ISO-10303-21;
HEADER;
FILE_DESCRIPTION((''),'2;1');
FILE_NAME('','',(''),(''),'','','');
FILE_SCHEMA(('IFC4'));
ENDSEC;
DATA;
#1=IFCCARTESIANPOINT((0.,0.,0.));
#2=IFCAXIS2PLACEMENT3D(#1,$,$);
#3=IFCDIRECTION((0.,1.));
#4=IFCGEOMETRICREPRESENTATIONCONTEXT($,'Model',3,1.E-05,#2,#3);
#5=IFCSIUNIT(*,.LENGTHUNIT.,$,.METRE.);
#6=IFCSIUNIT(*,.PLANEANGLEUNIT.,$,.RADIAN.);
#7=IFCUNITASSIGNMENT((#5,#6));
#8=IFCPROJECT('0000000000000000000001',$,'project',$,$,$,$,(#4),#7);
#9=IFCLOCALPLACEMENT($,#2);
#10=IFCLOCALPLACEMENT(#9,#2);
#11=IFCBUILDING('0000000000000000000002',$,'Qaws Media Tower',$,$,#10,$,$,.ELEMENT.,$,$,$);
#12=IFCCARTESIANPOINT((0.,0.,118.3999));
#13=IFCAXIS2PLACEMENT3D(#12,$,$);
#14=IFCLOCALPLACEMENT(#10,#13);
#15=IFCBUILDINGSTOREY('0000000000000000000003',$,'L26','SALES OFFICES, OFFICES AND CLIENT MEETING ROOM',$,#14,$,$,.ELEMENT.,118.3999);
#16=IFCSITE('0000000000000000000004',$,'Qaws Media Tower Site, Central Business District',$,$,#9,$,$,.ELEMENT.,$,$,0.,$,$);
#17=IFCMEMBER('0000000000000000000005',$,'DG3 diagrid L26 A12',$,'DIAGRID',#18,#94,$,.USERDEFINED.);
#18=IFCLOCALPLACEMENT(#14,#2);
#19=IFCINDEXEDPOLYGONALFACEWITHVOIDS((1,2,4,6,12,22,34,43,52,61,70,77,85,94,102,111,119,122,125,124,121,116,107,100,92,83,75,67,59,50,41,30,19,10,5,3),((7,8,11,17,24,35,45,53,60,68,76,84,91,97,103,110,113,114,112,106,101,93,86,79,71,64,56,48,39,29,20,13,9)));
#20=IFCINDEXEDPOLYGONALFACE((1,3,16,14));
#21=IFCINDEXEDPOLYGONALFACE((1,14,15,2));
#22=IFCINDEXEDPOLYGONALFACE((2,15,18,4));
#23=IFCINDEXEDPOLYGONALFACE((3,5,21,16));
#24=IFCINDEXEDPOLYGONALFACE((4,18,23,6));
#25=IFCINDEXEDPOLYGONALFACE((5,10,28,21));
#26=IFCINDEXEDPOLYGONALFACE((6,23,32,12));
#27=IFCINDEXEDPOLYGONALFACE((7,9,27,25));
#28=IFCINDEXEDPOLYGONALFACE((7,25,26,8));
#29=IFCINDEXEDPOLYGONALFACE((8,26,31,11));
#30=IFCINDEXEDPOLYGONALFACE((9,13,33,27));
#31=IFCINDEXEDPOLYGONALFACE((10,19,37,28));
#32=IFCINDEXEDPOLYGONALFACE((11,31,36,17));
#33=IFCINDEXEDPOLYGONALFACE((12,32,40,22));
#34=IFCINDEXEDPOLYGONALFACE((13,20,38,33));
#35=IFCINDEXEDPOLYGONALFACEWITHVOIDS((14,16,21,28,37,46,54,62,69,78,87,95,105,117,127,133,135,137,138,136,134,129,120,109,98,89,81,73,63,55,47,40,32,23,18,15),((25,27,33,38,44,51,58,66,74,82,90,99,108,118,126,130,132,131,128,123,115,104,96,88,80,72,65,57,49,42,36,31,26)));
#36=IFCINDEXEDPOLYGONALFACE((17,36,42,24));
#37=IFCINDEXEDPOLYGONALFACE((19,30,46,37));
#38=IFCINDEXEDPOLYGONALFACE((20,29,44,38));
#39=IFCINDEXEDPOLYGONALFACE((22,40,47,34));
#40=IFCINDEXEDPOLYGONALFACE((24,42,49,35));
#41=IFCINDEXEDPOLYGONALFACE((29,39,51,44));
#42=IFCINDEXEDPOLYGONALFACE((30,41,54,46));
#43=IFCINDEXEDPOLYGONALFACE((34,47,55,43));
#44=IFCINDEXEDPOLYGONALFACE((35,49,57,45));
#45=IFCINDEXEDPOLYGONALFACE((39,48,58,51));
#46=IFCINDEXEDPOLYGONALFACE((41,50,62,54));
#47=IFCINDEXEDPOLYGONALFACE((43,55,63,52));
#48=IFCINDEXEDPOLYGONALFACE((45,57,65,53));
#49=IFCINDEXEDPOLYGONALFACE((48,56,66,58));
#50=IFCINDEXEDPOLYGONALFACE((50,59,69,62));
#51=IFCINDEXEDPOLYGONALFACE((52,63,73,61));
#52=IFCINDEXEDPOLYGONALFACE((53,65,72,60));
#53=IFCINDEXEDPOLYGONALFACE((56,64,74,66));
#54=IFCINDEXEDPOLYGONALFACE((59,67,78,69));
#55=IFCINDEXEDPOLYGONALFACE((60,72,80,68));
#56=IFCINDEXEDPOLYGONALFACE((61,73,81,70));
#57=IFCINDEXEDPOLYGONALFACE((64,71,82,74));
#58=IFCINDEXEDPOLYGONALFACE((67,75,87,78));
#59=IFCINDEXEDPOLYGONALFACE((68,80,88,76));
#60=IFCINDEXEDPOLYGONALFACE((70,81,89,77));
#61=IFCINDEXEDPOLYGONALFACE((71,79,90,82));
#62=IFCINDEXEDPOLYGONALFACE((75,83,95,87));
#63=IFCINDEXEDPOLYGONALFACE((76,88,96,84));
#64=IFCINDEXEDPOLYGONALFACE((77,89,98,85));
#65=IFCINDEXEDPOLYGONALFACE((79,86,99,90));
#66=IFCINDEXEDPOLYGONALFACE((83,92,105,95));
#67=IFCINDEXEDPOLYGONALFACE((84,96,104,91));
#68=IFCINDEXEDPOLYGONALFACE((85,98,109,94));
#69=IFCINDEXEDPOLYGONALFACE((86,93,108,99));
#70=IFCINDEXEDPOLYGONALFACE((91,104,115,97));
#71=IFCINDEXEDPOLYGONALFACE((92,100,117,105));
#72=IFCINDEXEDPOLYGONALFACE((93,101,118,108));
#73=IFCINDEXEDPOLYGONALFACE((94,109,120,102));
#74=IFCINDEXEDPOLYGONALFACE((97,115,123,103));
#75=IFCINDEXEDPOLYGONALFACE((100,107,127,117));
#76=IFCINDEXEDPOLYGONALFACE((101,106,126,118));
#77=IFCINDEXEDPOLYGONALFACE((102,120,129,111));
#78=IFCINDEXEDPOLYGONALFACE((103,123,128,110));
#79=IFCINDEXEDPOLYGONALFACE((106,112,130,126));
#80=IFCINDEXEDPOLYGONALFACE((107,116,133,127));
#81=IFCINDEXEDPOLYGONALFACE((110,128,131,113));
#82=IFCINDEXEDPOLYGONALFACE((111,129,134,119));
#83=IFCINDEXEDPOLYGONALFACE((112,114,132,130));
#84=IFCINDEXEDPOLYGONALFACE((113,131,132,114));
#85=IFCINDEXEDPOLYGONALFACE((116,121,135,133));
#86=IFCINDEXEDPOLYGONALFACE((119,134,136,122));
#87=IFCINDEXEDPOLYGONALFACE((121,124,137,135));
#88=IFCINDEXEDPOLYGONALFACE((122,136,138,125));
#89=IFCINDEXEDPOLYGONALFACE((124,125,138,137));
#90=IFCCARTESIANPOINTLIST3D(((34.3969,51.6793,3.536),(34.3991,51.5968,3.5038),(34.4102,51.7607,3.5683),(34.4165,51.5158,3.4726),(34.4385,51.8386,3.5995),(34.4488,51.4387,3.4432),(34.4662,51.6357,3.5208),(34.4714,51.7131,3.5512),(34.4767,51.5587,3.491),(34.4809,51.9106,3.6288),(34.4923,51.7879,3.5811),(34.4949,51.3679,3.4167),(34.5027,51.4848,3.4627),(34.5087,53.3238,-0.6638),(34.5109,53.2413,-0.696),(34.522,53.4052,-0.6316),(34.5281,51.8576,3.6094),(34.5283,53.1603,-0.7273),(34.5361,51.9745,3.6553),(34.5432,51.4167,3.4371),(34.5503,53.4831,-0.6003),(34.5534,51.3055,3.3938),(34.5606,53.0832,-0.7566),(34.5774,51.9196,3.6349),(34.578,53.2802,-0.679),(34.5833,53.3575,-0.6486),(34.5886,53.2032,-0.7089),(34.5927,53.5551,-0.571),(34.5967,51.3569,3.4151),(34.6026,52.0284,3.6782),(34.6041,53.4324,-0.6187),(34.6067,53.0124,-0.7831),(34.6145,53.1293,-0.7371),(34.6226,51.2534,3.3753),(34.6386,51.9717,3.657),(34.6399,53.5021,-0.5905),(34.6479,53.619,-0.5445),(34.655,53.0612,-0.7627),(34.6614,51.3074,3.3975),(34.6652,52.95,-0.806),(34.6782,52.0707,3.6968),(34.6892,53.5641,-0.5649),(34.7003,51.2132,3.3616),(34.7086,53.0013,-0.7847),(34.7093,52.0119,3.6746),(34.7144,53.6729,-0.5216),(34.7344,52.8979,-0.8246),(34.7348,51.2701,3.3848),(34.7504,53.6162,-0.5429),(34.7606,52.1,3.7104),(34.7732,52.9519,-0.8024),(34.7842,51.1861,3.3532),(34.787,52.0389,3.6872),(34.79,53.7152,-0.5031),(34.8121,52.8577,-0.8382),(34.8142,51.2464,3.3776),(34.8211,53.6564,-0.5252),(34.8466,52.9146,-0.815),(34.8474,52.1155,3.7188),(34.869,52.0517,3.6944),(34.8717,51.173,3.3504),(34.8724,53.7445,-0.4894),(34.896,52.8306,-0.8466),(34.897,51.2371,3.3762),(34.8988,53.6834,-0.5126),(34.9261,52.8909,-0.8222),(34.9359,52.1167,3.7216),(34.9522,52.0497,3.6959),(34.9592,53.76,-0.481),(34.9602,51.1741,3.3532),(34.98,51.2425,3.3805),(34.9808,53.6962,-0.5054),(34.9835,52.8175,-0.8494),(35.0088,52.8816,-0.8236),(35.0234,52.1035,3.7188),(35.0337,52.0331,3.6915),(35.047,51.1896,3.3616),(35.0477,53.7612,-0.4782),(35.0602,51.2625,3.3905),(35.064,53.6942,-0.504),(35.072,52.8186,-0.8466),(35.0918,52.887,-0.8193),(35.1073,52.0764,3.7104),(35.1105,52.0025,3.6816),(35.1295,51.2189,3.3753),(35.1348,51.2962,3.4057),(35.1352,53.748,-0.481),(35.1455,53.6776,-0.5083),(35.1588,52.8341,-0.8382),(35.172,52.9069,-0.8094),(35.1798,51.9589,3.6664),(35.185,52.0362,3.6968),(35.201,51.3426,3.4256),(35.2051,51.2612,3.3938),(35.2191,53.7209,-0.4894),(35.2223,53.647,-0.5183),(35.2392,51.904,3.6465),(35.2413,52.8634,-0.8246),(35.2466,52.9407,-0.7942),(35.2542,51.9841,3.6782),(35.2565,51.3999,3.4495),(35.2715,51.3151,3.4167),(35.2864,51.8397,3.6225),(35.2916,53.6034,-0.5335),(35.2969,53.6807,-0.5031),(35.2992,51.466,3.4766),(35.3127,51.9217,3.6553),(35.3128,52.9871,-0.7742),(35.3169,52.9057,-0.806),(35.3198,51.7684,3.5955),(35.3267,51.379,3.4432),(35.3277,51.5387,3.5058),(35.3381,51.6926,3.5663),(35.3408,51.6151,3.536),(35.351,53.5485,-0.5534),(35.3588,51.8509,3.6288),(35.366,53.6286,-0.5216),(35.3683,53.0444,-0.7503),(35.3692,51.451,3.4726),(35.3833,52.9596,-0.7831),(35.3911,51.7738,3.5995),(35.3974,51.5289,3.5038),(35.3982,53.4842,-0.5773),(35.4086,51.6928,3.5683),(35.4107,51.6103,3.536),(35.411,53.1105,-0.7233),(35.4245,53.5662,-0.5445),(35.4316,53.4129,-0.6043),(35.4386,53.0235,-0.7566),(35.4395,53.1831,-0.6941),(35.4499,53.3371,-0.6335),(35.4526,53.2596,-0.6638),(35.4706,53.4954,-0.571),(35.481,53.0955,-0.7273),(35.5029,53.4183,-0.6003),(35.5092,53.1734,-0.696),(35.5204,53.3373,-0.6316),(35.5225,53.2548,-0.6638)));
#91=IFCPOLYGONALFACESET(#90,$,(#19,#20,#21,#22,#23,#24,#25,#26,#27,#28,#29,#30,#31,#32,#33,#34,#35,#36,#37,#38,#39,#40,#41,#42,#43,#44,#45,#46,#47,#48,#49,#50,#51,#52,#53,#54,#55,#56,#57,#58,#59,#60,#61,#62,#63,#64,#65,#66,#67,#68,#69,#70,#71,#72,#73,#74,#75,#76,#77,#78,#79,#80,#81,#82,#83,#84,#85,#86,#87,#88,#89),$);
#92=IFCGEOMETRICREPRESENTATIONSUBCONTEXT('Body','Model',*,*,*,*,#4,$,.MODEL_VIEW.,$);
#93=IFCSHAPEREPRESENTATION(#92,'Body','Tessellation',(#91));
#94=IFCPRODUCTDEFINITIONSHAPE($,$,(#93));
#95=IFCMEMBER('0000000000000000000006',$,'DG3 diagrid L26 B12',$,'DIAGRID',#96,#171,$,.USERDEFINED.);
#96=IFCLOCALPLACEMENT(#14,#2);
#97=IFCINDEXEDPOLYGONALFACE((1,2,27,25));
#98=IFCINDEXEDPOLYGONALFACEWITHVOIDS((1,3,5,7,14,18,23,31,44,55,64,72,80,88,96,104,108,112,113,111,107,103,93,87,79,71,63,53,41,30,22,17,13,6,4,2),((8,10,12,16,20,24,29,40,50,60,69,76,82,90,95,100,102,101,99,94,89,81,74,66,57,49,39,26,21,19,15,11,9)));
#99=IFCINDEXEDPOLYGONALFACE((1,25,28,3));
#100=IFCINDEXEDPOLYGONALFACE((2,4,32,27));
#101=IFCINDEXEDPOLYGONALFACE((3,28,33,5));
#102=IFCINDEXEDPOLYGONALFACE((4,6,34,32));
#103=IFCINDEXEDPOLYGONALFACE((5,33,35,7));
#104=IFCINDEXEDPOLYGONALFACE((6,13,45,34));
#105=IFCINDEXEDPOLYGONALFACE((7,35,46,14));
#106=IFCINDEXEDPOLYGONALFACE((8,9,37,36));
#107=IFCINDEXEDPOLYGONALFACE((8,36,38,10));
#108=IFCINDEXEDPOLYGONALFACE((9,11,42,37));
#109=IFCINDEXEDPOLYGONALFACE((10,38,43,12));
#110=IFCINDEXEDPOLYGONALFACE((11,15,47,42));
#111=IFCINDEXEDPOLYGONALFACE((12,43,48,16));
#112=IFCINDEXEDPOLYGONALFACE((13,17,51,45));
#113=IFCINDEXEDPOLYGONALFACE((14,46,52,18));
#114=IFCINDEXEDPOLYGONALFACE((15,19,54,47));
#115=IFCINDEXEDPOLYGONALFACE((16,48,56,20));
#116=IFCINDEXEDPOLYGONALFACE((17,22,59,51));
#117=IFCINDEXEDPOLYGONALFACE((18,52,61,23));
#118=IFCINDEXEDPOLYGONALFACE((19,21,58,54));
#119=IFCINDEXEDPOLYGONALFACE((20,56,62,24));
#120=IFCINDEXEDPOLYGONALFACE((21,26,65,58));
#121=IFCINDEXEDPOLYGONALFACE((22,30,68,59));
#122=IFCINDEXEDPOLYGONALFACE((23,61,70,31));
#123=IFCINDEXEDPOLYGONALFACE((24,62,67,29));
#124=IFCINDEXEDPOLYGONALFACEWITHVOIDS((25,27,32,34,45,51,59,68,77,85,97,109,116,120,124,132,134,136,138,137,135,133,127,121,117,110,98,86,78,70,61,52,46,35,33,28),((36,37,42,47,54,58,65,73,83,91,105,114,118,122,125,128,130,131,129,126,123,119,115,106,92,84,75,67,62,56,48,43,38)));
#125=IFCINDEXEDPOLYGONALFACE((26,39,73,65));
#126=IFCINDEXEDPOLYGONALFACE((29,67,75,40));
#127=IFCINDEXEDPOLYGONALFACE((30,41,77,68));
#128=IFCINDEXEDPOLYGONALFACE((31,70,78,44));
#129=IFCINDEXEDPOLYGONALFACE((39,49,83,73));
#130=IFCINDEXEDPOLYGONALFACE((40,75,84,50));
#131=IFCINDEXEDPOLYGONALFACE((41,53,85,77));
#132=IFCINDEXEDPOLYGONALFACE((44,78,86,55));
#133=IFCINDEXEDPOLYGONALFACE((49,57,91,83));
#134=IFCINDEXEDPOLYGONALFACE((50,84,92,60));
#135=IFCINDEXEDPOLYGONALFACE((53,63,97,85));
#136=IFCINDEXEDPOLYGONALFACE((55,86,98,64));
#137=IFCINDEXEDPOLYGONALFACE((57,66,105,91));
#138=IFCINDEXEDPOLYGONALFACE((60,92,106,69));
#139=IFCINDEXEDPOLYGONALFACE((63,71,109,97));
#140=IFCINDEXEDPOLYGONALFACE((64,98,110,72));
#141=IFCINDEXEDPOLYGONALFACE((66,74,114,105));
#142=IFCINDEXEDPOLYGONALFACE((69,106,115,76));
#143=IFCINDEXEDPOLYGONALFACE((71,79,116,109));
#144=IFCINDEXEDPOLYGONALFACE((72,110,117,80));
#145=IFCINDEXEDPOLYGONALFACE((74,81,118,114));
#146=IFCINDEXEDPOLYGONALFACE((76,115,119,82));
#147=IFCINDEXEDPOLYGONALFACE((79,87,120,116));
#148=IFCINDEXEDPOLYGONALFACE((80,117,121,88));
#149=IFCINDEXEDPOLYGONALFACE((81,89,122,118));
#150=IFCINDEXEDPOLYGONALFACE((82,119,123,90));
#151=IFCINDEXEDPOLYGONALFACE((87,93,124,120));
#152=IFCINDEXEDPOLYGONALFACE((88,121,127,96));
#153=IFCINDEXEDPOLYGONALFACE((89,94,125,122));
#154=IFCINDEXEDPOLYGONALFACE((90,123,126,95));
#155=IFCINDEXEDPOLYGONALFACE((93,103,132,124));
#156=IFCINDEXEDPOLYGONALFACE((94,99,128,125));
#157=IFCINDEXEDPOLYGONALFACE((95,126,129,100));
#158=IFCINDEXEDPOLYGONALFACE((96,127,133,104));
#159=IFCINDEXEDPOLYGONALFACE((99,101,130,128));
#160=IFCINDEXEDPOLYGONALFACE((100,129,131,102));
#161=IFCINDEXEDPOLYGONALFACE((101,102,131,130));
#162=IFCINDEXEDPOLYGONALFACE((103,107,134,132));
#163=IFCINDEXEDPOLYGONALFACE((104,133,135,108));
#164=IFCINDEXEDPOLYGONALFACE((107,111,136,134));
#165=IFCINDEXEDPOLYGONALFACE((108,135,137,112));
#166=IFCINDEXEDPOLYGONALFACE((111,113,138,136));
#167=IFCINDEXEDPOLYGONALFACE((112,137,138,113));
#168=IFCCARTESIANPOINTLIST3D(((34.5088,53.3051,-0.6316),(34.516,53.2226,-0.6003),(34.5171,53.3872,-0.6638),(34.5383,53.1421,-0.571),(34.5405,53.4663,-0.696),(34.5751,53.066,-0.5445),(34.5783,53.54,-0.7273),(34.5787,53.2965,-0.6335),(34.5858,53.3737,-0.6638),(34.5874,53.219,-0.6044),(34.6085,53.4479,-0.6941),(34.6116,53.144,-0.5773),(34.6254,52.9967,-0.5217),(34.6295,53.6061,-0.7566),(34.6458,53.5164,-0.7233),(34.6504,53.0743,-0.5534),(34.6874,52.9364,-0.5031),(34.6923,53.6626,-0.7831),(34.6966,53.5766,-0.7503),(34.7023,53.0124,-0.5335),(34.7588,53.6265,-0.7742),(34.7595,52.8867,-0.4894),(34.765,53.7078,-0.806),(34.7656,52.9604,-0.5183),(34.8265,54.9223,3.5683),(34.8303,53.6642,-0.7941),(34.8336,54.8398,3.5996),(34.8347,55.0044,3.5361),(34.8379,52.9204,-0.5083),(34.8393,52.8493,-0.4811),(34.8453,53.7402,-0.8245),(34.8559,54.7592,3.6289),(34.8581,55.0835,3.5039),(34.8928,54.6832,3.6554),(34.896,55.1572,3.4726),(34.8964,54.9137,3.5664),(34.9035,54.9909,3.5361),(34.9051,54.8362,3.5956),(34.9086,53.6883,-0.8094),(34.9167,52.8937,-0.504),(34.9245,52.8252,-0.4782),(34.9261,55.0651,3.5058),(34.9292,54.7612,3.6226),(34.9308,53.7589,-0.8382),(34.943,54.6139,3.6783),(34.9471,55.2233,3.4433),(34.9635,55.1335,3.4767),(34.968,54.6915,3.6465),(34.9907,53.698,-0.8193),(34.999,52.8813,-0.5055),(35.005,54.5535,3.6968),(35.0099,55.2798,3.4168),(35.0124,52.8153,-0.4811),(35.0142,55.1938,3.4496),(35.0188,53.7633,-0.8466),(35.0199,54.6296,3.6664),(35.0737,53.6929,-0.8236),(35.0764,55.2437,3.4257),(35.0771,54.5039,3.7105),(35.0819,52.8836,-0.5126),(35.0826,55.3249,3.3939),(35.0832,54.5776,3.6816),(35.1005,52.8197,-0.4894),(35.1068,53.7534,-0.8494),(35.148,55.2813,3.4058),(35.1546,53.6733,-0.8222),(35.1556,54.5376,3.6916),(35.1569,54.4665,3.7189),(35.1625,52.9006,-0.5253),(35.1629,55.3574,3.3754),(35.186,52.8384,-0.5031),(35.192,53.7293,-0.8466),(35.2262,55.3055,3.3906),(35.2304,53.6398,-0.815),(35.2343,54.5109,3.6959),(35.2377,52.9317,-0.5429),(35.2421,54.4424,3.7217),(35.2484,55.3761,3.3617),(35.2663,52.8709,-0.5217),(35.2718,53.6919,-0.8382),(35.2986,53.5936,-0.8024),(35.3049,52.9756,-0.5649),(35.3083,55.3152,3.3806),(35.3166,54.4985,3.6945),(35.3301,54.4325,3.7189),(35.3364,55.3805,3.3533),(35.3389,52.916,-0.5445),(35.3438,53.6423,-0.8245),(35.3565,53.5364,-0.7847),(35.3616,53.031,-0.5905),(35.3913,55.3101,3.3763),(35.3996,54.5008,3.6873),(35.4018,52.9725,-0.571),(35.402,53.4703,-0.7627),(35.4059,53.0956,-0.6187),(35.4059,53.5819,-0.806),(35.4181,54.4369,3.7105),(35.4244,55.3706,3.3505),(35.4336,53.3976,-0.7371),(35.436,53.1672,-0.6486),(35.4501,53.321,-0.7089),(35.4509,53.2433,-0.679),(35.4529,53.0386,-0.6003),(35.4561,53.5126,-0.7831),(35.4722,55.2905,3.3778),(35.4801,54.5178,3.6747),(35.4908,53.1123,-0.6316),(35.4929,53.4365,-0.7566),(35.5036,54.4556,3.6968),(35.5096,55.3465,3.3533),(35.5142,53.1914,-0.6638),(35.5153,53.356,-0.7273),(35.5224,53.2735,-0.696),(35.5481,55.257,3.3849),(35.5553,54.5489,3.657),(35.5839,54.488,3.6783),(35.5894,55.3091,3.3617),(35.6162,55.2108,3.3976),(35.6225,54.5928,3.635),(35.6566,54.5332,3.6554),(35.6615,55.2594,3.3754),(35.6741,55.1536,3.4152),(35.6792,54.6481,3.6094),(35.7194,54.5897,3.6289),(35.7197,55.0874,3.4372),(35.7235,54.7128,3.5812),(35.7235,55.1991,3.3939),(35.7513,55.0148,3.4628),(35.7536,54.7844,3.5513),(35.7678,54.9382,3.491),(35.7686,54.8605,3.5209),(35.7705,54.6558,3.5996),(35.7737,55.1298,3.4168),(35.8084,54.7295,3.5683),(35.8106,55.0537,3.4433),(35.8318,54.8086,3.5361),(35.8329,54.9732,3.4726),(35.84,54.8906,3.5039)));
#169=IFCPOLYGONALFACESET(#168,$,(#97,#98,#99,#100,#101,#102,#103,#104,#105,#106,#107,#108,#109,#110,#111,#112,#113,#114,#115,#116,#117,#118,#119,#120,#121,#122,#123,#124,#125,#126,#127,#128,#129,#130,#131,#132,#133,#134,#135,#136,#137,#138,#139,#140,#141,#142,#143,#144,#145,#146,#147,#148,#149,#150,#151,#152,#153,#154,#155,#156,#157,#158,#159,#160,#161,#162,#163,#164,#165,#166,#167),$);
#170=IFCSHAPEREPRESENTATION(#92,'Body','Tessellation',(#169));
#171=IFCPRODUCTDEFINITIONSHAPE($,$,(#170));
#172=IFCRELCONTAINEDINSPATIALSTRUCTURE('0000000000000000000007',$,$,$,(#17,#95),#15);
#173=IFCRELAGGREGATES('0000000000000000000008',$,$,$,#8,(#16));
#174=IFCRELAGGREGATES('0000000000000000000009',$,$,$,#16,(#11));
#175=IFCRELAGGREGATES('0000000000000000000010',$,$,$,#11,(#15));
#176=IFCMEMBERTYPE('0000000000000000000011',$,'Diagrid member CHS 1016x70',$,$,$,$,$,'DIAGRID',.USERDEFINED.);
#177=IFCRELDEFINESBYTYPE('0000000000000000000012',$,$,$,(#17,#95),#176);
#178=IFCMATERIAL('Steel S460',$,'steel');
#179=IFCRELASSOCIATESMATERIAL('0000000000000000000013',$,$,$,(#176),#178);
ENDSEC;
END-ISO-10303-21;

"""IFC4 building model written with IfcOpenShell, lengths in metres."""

from ifc_helpers import new_model, si_unit, direction, frame, origin, origin_2d, place, context, subcontext, project, spatial, hollow_circle, extrude, material, material_profile, profile_set, type_object, element, save


model = new_model("IFC4")

# Units and contexts
model_context = context("Model", 3, precision=1e-05, world=origin(), true_north=direction((0.0, 1.0)))
body_context = subcontext(model_context, "Body", "Model", "MODEL_VIEW")
ifc_project = project(units=[si_unit("LENGTHUNIT", "METRE"), si_unit("PLANEANGLEUNIT", "RADIAN")], contexts=[model_context])

# Site, building, storey
site_placement = place(None, origin())
site = spatial("IfcSite", under=ifc_project, at=site_placement, Name="Qaws Media Tower Site, Central Business District", CompositionType="ELEMENT", RefElevation=0.0)
building_placement = place(site_placement, origin())
building = spatial("IfcBuilding", under=site, at=building_placement, Name="Qaws Media Tower", CompositionType="ELEMENT")
storey_placement = place(building_placement, frame((0.0, 0.0, 118.3999)))
storey = spatial("IfcBuildingStorey", under=building, at=storey_placement, Name="L26", Description="SALES OFFICES, OFFICES AND CLIENT MEETING ROOM", CompositionType="ELEMENT", Elevation=118.3999)

# Members
ifc_material_1 = material(Name="Steel S460", Category="steel")
ifc_material_profile_1 = material_profile(ifc_material_1, hollow_circle(Radius=0.5081, WallThickness=0.0701, at=origin_2d()), Name="CHS 1016x70")
ifc_profile_set_1 = profile_set([ifc_material_profile_1], Name="Steel S460")
member_type_1 = type_object("IfcMemberType", Name="Diagrid member CHS 1016x70", ElementType="DIAGRID", PredefinedType="USERDEFINED", material=ifc_profile_set_1)
for number, where, z_axis, x_axis, name in (
    (1, (35.0156, 53.2893, -0.6638), (-0.024783, -0.364493, 0.930876), (0.997696, -0.067836, 0.0), "DG3 diagrid L26 A12"),
    (2, (35.0156, 53.2893, -0.6638), (0.0704, 0.35844, 0.930894), (-0.981253, 0.192725, 0.0), "DG3 diagrid L26 B12"),
):
    element("IfcMember", number, at=place(storey_placement, frame(where, z_axis=z_axis, x_axis=x_axis)), inside=storey, type_object=member_type_1, Name=name, ObjectType="DIAGRID", PredefinedType="USERDEFINED", context=body_context, shape_type="SweptSolid", body=[
        extrude(hollow_circle(Radius=0.5081, WallThickness=0.0701, at=origin_2d()), origin(), (0.0, 0.0, 1.0), 4.5117),
    ])

save(model, "model.ifc")
